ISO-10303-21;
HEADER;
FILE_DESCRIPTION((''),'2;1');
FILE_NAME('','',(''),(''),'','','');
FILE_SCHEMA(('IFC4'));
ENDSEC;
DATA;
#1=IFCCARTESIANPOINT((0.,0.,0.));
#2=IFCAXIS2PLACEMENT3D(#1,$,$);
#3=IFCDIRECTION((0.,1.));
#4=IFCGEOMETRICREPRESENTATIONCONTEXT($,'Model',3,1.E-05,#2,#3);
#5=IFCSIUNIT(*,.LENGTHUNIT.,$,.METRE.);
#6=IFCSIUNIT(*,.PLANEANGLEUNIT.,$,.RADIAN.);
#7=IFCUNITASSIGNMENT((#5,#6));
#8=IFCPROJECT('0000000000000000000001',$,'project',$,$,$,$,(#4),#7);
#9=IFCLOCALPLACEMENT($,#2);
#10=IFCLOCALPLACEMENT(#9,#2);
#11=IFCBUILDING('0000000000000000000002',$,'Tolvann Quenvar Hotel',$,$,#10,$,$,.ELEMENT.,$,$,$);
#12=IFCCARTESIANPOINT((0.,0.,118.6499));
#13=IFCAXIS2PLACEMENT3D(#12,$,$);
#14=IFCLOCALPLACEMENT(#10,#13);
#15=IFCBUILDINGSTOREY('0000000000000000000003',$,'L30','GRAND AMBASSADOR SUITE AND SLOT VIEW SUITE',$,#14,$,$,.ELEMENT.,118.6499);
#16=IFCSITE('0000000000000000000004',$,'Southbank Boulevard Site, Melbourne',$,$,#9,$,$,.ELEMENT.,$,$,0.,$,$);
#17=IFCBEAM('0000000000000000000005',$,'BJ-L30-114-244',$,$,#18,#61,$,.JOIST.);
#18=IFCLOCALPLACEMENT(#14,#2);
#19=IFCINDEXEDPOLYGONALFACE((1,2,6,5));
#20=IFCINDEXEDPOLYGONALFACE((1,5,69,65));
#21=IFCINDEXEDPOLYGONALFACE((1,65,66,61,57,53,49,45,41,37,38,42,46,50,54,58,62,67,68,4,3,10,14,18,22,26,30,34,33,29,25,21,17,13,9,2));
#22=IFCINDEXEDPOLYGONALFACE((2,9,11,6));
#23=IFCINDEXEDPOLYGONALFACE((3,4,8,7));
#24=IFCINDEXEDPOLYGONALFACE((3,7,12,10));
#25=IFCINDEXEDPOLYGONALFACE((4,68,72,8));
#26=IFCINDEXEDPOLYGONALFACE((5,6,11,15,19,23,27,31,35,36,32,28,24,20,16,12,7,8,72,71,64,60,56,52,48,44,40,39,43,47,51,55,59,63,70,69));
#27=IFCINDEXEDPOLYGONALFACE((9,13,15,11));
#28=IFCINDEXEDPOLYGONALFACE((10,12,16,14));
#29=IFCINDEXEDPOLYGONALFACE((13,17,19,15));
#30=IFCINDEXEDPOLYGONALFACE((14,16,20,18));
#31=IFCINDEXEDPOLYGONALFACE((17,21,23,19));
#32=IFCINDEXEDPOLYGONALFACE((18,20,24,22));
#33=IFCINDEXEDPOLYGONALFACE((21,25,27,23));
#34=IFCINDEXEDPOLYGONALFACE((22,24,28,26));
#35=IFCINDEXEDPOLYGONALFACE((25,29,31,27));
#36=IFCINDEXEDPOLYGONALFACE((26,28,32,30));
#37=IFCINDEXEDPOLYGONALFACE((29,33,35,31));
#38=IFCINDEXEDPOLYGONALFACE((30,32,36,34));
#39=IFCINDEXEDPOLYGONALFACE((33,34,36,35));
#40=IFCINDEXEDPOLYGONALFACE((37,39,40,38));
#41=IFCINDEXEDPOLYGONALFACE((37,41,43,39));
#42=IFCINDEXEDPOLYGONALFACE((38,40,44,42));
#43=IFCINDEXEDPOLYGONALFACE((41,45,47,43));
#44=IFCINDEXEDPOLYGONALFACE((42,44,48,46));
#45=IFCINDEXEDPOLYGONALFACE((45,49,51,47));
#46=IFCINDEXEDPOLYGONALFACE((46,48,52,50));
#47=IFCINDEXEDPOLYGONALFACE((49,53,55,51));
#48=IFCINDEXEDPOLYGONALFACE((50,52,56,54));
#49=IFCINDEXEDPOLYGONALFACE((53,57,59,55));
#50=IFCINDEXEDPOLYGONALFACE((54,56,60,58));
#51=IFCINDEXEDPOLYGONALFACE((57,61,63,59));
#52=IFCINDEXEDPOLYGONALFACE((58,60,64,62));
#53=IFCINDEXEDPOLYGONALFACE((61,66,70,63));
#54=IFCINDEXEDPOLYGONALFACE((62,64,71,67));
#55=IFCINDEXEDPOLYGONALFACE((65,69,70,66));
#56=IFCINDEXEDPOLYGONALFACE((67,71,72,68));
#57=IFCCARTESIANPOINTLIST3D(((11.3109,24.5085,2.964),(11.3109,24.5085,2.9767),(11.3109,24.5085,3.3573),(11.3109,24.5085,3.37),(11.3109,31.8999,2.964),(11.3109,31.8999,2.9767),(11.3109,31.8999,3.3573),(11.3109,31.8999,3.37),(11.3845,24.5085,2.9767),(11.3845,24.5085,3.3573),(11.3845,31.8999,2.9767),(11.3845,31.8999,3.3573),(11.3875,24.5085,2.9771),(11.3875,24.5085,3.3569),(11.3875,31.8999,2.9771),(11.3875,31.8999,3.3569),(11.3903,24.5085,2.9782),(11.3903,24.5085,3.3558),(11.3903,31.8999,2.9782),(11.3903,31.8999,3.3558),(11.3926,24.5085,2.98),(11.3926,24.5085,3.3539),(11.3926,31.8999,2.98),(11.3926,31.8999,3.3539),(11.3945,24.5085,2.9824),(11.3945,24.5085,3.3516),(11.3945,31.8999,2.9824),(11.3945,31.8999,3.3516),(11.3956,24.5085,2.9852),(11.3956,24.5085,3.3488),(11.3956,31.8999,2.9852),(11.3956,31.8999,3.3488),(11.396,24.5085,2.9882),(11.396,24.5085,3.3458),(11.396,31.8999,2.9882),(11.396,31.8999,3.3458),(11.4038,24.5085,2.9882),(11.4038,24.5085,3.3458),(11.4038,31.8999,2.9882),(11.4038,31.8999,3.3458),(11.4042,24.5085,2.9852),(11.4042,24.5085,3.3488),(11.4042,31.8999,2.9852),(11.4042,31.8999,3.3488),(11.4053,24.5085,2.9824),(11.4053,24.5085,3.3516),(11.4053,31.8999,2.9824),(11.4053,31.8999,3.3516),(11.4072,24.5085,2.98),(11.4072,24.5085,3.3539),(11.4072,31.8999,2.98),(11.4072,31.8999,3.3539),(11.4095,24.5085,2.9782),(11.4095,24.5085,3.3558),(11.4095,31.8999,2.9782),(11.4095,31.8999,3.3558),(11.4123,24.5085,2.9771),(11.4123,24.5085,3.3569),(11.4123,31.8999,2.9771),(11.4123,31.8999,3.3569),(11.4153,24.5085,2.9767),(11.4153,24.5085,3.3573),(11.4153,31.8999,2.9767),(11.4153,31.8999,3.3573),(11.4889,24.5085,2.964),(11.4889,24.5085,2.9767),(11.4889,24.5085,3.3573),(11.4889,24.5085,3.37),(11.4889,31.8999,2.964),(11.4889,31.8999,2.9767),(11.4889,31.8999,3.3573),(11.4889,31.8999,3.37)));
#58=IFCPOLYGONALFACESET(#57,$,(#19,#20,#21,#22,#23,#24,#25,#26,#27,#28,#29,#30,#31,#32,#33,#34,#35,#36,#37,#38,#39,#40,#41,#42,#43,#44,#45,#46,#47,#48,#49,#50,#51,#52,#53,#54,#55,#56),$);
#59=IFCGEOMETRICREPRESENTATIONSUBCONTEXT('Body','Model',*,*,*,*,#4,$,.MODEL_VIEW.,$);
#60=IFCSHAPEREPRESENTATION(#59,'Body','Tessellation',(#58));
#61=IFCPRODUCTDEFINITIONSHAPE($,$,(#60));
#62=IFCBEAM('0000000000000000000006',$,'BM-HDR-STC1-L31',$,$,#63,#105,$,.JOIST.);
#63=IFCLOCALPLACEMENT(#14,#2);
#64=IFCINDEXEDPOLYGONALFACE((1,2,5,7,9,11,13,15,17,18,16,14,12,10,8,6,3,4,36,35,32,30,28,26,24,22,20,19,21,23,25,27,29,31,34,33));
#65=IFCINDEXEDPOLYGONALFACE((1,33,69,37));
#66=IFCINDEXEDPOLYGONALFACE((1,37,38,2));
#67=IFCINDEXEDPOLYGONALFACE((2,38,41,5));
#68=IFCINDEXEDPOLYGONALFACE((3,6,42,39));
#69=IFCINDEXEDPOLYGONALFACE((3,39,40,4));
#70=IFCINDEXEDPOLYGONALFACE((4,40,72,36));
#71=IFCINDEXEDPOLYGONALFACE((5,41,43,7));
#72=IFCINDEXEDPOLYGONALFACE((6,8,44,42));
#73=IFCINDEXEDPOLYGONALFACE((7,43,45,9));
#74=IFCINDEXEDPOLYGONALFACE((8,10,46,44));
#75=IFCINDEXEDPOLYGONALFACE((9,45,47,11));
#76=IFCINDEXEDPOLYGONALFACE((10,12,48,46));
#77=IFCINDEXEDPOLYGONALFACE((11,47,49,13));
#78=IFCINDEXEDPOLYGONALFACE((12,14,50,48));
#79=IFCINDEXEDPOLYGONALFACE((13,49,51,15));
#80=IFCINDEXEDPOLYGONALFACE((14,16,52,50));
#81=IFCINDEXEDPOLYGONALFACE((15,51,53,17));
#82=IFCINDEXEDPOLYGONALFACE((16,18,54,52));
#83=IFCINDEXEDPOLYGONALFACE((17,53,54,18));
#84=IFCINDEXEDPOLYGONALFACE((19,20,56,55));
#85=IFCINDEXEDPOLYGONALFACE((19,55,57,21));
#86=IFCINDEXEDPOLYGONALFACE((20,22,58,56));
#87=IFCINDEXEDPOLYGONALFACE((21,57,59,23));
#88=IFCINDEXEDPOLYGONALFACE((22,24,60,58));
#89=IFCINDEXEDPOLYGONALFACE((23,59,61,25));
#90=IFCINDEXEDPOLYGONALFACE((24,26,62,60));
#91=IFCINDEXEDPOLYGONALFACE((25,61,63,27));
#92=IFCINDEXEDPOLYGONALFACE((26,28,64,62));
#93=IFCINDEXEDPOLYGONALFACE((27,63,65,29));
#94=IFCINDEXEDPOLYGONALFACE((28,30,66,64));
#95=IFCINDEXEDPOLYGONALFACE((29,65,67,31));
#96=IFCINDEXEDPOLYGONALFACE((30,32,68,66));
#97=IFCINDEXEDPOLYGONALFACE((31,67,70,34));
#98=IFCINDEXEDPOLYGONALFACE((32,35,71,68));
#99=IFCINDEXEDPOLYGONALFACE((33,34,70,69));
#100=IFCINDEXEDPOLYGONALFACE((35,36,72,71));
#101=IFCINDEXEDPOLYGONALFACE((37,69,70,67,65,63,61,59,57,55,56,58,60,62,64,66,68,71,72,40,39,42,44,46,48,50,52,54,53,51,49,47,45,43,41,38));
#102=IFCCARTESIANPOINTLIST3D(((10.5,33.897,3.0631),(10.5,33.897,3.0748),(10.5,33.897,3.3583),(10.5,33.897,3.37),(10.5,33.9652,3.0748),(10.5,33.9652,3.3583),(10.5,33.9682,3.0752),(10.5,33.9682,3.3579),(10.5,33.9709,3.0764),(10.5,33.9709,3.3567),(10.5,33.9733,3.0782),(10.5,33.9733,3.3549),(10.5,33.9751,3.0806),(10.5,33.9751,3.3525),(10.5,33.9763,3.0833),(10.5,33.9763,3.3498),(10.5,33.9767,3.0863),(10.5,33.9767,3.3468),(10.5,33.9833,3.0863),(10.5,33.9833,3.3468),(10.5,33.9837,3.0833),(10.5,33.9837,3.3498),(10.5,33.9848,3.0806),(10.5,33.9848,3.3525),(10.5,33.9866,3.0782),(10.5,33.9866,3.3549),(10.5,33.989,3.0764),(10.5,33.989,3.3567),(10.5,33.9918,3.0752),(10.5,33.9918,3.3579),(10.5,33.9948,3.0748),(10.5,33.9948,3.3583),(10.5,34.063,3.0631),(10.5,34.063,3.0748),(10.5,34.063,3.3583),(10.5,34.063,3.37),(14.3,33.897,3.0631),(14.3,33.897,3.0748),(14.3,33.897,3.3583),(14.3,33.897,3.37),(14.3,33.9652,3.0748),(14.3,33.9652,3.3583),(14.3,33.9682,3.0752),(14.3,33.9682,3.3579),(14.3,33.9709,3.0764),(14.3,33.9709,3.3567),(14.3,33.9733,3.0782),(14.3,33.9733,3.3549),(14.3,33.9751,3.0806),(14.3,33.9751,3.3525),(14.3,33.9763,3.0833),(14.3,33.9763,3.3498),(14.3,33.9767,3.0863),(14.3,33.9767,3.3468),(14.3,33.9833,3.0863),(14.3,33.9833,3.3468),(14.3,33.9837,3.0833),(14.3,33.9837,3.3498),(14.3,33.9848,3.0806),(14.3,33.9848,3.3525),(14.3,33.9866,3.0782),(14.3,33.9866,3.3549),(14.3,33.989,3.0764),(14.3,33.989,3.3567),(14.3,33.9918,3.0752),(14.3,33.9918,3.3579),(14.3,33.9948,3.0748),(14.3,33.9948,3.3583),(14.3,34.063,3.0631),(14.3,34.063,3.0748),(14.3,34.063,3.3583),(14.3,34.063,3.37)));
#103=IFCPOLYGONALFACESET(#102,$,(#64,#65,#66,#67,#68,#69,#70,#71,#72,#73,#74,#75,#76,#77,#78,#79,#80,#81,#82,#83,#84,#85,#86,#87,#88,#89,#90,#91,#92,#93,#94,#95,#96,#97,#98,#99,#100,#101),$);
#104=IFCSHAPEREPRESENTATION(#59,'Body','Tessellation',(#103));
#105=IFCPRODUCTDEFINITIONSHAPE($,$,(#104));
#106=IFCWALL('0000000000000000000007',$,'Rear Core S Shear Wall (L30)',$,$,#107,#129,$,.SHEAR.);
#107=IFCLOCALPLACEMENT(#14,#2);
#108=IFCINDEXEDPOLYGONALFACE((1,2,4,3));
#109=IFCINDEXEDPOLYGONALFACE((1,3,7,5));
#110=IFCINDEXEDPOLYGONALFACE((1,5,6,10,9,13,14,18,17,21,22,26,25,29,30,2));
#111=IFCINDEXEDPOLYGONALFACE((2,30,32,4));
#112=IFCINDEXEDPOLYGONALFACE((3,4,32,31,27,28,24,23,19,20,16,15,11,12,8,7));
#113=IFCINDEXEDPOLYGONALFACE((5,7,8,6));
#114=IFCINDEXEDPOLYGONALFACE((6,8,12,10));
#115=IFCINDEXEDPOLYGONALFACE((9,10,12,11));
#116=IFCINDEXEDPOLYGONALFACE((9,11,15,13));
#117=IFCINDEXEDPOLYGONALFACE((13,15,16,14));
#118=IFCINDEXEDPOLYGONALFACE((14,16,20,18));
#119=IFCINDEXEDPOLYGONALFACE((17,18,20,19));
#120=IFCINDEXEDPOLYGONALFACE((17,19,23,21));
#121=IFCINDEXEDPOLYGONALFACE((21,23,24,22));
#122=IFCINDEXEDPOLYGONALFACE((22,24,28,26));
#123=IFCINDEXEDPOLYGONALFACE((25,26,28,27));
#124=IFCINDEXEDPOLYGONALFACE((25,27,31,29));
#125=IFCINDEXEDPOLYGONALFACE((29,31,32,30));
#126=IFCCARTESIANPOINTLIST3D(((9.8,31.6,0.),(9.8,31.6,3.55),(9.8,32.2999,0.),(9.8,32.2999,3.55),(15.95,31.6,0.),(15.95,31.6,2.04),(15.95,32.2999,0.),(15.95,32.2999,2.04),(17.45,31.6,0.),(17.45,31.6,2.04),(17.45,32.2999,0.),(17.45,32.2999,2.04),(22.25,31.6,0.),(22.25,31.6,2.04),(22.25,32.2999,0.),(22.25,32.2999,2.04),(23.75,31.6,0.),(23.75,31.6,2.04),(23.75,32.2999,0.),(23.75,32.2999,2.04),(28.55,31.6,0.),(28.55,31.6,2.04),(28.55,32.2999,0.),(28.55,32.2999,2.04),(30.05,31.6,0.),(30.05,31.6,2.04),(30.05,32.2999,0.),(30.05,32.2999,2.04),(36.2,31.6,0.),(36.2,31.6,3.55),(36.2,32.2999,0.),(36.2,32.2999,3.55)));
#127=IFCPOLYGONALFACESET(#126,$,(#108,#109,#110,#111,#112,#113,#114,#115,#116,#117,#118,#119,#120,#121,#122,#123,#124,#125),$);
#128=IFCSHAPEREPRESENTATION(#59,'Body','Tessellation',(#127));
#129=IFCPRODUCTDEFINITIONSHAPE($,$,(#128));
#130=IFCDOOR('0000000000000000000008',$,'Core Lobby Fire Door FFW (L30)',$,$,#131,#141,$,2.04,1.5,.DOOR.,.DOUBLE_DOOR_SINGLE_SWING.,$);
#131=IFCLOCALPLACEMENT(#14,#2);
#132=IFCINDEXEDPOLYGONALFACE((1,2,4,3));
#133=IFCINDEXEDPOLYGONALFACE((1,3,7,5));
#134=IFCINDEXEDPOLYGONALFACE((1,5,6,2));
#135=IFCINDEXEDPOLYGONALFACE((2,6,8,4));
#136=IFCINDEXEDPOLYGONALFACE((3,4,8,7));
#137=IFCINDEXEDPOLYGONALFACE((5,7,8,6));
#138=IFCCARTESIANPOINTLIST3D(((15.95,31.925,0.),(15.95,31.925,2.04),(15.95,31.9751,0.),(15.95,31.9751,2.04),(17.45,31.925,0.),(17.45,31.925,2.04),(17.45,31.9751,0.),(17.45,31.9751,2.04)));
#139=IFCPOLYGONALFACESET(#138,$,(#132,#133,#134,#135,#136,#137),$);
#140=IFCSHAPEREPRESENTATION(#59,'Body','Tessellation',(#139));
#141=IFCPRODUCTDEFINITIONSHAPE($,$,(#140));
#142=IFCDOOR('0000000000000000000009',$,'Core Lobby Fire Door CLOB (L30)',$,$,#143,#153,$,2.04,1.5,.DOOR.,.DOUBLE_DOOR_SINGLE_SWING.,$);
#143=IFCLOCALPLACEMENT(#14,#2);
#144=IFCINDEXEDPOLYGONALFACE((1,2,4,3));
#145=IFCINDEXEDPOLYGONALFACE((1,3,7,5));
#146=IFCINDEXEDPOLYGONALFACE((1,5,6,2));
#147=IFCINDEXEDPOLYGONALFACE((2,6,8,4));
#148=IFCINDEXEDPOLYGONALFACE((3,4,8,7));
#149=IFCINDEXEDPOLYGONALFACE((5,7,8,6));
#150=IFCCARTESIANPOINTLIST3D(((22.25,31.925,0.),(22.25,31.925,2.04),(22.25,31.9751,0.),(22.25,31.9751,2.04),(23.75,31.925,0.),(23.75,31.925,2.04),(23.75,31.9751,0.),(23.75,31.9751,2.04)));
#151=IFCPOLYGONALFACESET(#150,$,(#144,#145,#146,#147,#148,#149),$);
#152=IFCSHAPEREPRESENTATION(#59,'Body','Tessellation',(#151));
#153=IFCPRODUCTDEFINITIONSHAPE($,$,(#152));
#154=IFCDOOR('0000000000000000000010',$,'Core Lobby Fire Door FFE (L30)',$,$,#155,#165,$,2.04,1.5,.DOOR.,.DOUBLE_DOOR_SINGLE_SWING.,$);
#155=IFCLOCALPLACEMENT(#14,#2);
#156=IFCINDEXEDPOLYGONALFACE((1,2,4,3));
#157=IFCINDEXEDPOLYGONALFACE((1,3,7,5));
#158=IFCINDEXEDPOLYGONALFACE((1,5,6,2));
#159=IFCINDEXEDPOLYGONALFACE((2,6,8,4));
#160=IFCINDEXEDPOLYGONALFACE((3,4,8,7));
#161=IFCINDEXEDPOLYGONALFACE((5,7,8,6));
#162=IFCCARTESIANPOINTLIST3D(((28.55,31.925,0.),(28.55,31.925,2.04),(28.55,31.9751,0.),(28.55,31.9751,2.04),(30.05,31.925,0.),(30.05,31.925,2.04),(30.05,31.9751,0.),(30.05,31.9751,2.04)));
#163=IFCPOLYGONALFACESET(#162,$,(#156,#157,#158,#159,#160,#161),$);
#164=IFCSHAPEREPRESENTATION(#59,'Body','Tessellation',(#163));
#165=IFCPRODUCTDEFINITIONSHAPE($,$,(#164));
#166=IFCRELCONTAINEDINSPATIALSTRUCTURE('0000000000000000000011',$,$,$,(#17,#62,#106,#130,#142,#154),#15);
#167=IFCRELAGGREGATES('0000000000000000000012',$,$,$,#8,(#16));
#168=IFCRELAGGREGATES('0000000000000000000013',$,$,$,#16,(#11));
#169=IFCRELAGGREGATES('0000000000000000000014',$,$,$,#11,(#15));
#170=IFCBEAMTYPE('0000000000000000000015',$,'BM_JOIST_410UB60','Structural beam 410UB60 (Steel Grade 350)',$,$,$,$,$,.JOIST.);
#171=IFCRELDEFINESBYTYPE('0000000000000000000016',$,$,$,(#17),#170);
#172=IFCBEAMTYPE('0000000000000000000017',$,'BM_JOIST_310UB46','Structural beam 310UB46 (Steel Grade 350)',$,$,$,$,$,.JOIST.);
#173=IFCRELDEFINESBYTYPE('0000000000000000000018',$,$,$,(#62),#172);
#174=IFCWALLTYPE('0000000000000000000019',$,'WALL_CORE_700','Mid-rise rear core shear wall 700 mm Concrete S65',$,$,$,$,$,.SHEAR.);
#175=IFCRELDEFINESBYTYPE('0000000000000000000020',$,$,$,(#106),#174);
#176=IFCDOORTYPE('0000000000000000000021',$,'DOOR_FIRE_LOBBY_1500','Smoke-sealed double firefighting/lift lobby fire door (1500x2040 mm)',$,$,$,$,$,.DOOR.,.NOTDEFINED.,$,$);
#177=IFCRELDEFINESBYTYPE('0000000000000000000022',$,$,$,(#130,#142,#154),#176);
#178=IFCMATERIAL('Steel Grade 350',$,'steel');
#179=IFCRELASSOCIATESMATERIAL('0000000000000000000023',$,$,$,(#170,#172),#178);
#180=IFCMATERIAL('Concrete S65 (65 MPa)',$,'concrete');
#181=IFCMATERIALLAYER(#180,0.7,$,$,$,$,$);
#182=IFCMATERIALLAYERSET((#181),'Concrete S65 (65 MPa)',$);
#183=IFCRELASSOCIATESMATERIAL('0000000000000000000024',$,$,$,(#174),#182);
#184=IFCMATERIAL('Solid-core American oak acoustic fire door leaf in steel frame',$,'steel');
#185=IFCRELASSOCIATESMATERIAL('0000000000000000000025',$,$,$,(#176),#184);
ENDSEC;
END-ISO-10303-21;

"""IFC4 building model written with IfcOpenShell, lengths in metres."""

from ifc_helpers import new_model, si_unit, direction, frame, frame_2d, origin, origin_2d, place, context, subcontext, project, spatial, rectangle, i_section, extrude, source, transform, mapped, material, layer, layer_set, material_profile, profile_set, type_object, type_shapes, element, fill, save


model = new_model("IFC4")

# Units and contexts
model_context = context("Model", 3, precision=1e-05, world=origin(), true_north=direction((0.0, 1.0)))
body_context = subcontext(model_context, "Body", "Model", "MODEL_VIEW")
ifc_project = project(units=[si_unit("LENGTHUNIT", "METRE"), si_unit("PLANEANGLEUNIT", "RADIAN")], contexts=[model_context])

# Site, building, storey
site_placement = place(None, origin())
site = spatial("IfcSite", under=ifc_project, at=site_placement, Name="Southbank Boulevard Site, Melbourne", CompositionType="ELEMENT", RefElevation=0.0)
building_placement = place(site_placement, origin())
building = spatial("IfcBuilding", under=site, at=building_placement, Name="Tolvann Quenvar Hotel", CompositionType="ELEMENT")
storey_placement = place(building_placement, frame((0.0, 0.0, 118.6499)))
storey = spatial("IfcBuildingStorey", under=building, at=storey_placement, Name="L30", Description="GRAND AMBASSADOR SUITE AND SLOT VIEW SUITE", CompositionType="ELEMENT", Elevation=118.6499)

# Shared definitions
ifc_material_1 = material(Name="Concrete S65 (65 MPa)", Category="concrete")

# Beams
ifc_material_2 = material(Name="Steel Grade 350", Category="steel")
ifc_material_profile_1 = material_profile(ifc_material_2, i_section(OverallWidth=0.178, OverallDepth=0.406, WebThickness=0.0078, FlangeThickness=0.0127, FilletRadius=0.0115, at=origin_2d()), Name="410UB60")
ifc_profile_set_1 = profile_set([ifc_material_profile_1], Name="Steel Grade 350")
beam_type_1 = type_object("IfcBeamType", Name="BM_JOIST_410UB60", Description="Structural beam 410UB60 (Steel Grade 350)", PredefinedType="JOIST", material=ifc_profile_set_1)
shared_shape_1 = source(origin(), body_context, "Body", "SweptSolid", [
    extrude(i_section(OverallWidth=0.178, OverallDepth=0.406, WebThickness=0.0078, FlangeThickness=0.0127, FilletRadius=0.0115, at=origin_2d()), origin(), (0.0, 0.0, 1.0), 7.3914),
])
type_shapes(beam_type_1, [shared_shape_1])
beam_1_placement = place(storey_placement, frame((11.3999, 24.5085, 3.167), z_axis=(0.0, 1.0, 0.0), x_axis=(-1.0, 0.0, 0.0)))
element("IfcBeam", 1, at=beam_1_placement, inside=storey, type_object=beam_type_1, Name="BJ-L30-114-244", PredefinedType="JOIST", context=body_context, shape_type="MappedRepresentation", body=[
    mapped(shared_shape_1, transform((0.0, 0.0, 0.0), x_axis=(1.0, 0.0, 0.0), y_axis=(0.0, 1.0, 0.0), z_axis=(0.0, 0.0, 1.0), scale=1.0)),
])
ifc_material_profile_2 = material_profile(ifc_material_2, i_section(OverallWidth=0.166, OverallDepth=0.3069, WebThickness=0.0066, FlangeThickness=0.0117, FilletRadius=0.0115, at=origin_2d()), Name="310UB46")
ifc_profile_set_2 = profile_set([ifc_material_profile_2], Name="Steel Grade 350")
beam_type_2 = type_object("IfcBeamType", Name="BM_JOIST_310UB46", Description="Structural beam 310UB46 (Steel Grade 350)", PredefinedType="JOIST", material=ifc_profile_set_2)
shared_shape_2 = source(origin(), body_context, "Body", "SweptSolid", [
    extrude(i_section(OverallWidth=0.166, OverallDepth=0.3069, WebThickness=0.0066, FlangeThickness=0.0117, FilletRadius=0.0115, at=origin_2d()), origin(), (0.0, 0.0, 1.0), 3.8),
])
type_shapes(beam_type_2, [shared_shape_2])
beam_2_placement = place(storey_placement, frame((10.5, 33.98, 3.2166), z_axis=(1.0, 0.0, 0.0), x_axis=(0.0, 1.0, 0.0)))
element("IfcBeam", 2, at=beam_2_placement, inside=storey, type_object=beam_type_2, Name="BM-HDR-STC1-L31", PredefinedType="JOIST", context=body_context, shape_type="MappedRepresentation", body=[
    mapped(shared_shape_2, transform((0.0, 0.0, 0.0), x_axis=(1.0, 0.0, 0.0), y_axis=(0.0, 1.0, 0.0), z_axis=(0.0, 0.0, 1.0), scale=1.0)),
])

# Wall, openings, doors
ifc_layer_1 = layer(ifc_material_1, 0.7)
ifc_layer_set_1 = layer_set([ifc_layer_1], Name="Concrete S65 (65 MPa)")
wall_type_1 = type_object("IfcWallType", Name="WALL_CORE_700", Description="Mid-rise rear core shear wall 700 mm Concrete S65", PredefinedType="SHEAR", material=ifc_layer_set_1)
wall_1_placement = place(storey_placement, frame((9.8, 31.95, 0.0), z_axis=(0.0, 0.0, 1.0), x_axis=(1.0, 0.0, 0.0)))
wall_1 = element("IfcWall", 3, at=wall_1_placement, inside=storey, type_object=wall_type_1, Name="Rear Core S Shear Wall (L30)", PredefinedType="SHEAR", context=body_context, shape_type="SweptSolid", body=[
    extrude(rectangle(XDim=26.3999, YDim=0.7, at=frame_2d((13.2, 0.0))), origin(), (0.0, 0.0, 1.0), 3.55),
])
opening_1_placement = place(wall_1_placement, frame((7.6499, 0.0, 0.0), z_axis=(0.0, 0.0, 1.0), x_axis=(-1.0, 0.0, 0.0)))
opening_1 = element("IfcOpeningElement", 4, at=opening_1_placement, cuts=wall_1, PredefinedType="OPENING", context=body_context, shape_type="SweptSolid", body=[
    extrude(rectangle(XDim=1.5, YDim=2.04, at=frame_2d((0.75, 1.02))), frame((0.0, 0.3599, 0.0), z_axis=(0.0, -1.0, 0.0), x_axis=(1.0, 0.0, 0.0)), (0.0, 0.0, 1.0), 0.72),
])
opening_2_placement = place(wall_1_placement, frame((13.95, 0.0, 0.0), z_axis=(0.0, 0.0, 1.0), x_axis=(-1.0, 0.0, 0.0)))
opening_2 = element("IfcOpeningElement", 5, at=opening_2_placement, cuts=wall_1, PredefinedType="OPENING", context=body_context, shape_type="SweptSolid", body=[
    extrude(rectangle(XDim=1.5, YDim=2.04, at=frame_2d((0.75, 1.02))), frame((0.0, 0.3599, 0.0), z_axis=(0.0, -1.0, 0.0), x_axis=(1.0, 0.0, 0.0)), (0.0, 0.0, 1.0), 0.72),
])
opening_3_placement = place(wall_1_placement, frame((20.25, 0.0, 0.0), z_axis=(0.0, 0.0, 1.0), x_axis=(-1.0, 0.0, 0.0)))
opening_3 = element("IfcOpeningElement", 6, at=opening_3_placement, cuts=wall_1, PredefinedType="OPENING", context=body_context, shape_type="SweptSolid", body=[
    extrude(rectangle(XDim=1.5, YDim=2.04, at=frame_2d((0.75, 1.02))), frame((0.0, 0.3599, 0.0), z_axis=(0.0, -1.0, 0.0), x_axis=(1.0, 0.0, 0.0)), (0.0, 0.0, 1.0), 0.72),
])
ifc_material_3 = material(Name="Solid-core American oak acoustic fire door leaf in steel frame", Category="steel")
door_type_1 = type_object("IfcDoorType", Name="DOOR_FIRE_LOBBY_1500", Description="Smoke-sealed double firefighting/lift lobby fire door (1500x2040 mm)", OperationType="NOTDEFINED", PredefinedType="DOOR", material=ifc_material_3)
shared_shape_3 = source(origin(), body_context, "Body", "SweptSolid", [
    extrude(rectangle(XDim=1.5, YDim=2.04, at=frame_2d((0.75, 1.02))), frame((0.0, 0.0249, 0.0), z_axis=(0.0, -1.0, 0.0), x_axis=(1.0, 0.0, 0.0)), (0.0, 0.0, 1.0), 0.05),
])
type_shapes(door_type_1, [shared_shape_3])
door_1_placement = place(opening_1_placement, origin())
door_1 = element("IfcDoor", 7, at=door_1_placement, inside=storey, type_object=door_type_1, Name="Core Lobby Fire Door FFW (L30)", OperationType="DOUBLE_DOOR_SINGLE_SWING", OverallHeight=2.04, OverallWidth=1.5, PredefinedType="DOOR", context=body_context, shape_type="MappedRepresentation", body=[
    mapped(shared_shape_3, transform((0.0, 0.0, 0.0), x_axis=(1.0, 0.0, 0.0), y_axis=(0.0, 1.0, 0.0), z_axis=(0.0, 0.0, 1.0), scale=1.0)),
])
fill(opening_1, door_1)
door_2_placement = place(opening_2_placement, origin())
door_2 = element("IfcDoor", 8, at=door_2_placement, inside=storey, type_object=door_type_1, Name="Core Lobby Fire Door CLOB (L30)", OperationType="DOUBLE_DOOR_SINGLE_SWING", OverallHeight=2.04, OverallWidth=1.5, PredefinedType="DOOR", context=body_context, shape_type="MappedRepresentation", body=[
    mapped(shared_shape_3, transform((0.0, 0.0, 0.0), x_axis=(1.0, 0.0, 0.0), y_axis=(0.0, 1.0, 0.0), z_axis=(0.0, 0.0, 1.0), scale=1.0)),
])
fill(opening_2, door_2)
door_3_placement = place(opening_3_placement, origin())
door_3 = element("IfcDoor", 9, at=door_3_placement, inside=storey, type_object=door_type_1, Name="Core Lobby Fire Door FFE (L30)", OperationType="DOUBLE_DOOR_SINGLE_SWING", OverallHeight=2.04, OverallWidth=1.5, PredefinedType="DOOR", context=body_context, shape_type="MappedRepresentation", body=[
    mapped(shared_shape_3, transform((0.0, 0.0, 0.0), x_axis=(1.0, 0.0, 0.0), y_axis=(0.0, 1.0, 0.0), z_axis=(0.0, 0.0, 1.0), scale=1.0)),
])
fill(opening_3, door_3)

save(model, "model.ifc")
